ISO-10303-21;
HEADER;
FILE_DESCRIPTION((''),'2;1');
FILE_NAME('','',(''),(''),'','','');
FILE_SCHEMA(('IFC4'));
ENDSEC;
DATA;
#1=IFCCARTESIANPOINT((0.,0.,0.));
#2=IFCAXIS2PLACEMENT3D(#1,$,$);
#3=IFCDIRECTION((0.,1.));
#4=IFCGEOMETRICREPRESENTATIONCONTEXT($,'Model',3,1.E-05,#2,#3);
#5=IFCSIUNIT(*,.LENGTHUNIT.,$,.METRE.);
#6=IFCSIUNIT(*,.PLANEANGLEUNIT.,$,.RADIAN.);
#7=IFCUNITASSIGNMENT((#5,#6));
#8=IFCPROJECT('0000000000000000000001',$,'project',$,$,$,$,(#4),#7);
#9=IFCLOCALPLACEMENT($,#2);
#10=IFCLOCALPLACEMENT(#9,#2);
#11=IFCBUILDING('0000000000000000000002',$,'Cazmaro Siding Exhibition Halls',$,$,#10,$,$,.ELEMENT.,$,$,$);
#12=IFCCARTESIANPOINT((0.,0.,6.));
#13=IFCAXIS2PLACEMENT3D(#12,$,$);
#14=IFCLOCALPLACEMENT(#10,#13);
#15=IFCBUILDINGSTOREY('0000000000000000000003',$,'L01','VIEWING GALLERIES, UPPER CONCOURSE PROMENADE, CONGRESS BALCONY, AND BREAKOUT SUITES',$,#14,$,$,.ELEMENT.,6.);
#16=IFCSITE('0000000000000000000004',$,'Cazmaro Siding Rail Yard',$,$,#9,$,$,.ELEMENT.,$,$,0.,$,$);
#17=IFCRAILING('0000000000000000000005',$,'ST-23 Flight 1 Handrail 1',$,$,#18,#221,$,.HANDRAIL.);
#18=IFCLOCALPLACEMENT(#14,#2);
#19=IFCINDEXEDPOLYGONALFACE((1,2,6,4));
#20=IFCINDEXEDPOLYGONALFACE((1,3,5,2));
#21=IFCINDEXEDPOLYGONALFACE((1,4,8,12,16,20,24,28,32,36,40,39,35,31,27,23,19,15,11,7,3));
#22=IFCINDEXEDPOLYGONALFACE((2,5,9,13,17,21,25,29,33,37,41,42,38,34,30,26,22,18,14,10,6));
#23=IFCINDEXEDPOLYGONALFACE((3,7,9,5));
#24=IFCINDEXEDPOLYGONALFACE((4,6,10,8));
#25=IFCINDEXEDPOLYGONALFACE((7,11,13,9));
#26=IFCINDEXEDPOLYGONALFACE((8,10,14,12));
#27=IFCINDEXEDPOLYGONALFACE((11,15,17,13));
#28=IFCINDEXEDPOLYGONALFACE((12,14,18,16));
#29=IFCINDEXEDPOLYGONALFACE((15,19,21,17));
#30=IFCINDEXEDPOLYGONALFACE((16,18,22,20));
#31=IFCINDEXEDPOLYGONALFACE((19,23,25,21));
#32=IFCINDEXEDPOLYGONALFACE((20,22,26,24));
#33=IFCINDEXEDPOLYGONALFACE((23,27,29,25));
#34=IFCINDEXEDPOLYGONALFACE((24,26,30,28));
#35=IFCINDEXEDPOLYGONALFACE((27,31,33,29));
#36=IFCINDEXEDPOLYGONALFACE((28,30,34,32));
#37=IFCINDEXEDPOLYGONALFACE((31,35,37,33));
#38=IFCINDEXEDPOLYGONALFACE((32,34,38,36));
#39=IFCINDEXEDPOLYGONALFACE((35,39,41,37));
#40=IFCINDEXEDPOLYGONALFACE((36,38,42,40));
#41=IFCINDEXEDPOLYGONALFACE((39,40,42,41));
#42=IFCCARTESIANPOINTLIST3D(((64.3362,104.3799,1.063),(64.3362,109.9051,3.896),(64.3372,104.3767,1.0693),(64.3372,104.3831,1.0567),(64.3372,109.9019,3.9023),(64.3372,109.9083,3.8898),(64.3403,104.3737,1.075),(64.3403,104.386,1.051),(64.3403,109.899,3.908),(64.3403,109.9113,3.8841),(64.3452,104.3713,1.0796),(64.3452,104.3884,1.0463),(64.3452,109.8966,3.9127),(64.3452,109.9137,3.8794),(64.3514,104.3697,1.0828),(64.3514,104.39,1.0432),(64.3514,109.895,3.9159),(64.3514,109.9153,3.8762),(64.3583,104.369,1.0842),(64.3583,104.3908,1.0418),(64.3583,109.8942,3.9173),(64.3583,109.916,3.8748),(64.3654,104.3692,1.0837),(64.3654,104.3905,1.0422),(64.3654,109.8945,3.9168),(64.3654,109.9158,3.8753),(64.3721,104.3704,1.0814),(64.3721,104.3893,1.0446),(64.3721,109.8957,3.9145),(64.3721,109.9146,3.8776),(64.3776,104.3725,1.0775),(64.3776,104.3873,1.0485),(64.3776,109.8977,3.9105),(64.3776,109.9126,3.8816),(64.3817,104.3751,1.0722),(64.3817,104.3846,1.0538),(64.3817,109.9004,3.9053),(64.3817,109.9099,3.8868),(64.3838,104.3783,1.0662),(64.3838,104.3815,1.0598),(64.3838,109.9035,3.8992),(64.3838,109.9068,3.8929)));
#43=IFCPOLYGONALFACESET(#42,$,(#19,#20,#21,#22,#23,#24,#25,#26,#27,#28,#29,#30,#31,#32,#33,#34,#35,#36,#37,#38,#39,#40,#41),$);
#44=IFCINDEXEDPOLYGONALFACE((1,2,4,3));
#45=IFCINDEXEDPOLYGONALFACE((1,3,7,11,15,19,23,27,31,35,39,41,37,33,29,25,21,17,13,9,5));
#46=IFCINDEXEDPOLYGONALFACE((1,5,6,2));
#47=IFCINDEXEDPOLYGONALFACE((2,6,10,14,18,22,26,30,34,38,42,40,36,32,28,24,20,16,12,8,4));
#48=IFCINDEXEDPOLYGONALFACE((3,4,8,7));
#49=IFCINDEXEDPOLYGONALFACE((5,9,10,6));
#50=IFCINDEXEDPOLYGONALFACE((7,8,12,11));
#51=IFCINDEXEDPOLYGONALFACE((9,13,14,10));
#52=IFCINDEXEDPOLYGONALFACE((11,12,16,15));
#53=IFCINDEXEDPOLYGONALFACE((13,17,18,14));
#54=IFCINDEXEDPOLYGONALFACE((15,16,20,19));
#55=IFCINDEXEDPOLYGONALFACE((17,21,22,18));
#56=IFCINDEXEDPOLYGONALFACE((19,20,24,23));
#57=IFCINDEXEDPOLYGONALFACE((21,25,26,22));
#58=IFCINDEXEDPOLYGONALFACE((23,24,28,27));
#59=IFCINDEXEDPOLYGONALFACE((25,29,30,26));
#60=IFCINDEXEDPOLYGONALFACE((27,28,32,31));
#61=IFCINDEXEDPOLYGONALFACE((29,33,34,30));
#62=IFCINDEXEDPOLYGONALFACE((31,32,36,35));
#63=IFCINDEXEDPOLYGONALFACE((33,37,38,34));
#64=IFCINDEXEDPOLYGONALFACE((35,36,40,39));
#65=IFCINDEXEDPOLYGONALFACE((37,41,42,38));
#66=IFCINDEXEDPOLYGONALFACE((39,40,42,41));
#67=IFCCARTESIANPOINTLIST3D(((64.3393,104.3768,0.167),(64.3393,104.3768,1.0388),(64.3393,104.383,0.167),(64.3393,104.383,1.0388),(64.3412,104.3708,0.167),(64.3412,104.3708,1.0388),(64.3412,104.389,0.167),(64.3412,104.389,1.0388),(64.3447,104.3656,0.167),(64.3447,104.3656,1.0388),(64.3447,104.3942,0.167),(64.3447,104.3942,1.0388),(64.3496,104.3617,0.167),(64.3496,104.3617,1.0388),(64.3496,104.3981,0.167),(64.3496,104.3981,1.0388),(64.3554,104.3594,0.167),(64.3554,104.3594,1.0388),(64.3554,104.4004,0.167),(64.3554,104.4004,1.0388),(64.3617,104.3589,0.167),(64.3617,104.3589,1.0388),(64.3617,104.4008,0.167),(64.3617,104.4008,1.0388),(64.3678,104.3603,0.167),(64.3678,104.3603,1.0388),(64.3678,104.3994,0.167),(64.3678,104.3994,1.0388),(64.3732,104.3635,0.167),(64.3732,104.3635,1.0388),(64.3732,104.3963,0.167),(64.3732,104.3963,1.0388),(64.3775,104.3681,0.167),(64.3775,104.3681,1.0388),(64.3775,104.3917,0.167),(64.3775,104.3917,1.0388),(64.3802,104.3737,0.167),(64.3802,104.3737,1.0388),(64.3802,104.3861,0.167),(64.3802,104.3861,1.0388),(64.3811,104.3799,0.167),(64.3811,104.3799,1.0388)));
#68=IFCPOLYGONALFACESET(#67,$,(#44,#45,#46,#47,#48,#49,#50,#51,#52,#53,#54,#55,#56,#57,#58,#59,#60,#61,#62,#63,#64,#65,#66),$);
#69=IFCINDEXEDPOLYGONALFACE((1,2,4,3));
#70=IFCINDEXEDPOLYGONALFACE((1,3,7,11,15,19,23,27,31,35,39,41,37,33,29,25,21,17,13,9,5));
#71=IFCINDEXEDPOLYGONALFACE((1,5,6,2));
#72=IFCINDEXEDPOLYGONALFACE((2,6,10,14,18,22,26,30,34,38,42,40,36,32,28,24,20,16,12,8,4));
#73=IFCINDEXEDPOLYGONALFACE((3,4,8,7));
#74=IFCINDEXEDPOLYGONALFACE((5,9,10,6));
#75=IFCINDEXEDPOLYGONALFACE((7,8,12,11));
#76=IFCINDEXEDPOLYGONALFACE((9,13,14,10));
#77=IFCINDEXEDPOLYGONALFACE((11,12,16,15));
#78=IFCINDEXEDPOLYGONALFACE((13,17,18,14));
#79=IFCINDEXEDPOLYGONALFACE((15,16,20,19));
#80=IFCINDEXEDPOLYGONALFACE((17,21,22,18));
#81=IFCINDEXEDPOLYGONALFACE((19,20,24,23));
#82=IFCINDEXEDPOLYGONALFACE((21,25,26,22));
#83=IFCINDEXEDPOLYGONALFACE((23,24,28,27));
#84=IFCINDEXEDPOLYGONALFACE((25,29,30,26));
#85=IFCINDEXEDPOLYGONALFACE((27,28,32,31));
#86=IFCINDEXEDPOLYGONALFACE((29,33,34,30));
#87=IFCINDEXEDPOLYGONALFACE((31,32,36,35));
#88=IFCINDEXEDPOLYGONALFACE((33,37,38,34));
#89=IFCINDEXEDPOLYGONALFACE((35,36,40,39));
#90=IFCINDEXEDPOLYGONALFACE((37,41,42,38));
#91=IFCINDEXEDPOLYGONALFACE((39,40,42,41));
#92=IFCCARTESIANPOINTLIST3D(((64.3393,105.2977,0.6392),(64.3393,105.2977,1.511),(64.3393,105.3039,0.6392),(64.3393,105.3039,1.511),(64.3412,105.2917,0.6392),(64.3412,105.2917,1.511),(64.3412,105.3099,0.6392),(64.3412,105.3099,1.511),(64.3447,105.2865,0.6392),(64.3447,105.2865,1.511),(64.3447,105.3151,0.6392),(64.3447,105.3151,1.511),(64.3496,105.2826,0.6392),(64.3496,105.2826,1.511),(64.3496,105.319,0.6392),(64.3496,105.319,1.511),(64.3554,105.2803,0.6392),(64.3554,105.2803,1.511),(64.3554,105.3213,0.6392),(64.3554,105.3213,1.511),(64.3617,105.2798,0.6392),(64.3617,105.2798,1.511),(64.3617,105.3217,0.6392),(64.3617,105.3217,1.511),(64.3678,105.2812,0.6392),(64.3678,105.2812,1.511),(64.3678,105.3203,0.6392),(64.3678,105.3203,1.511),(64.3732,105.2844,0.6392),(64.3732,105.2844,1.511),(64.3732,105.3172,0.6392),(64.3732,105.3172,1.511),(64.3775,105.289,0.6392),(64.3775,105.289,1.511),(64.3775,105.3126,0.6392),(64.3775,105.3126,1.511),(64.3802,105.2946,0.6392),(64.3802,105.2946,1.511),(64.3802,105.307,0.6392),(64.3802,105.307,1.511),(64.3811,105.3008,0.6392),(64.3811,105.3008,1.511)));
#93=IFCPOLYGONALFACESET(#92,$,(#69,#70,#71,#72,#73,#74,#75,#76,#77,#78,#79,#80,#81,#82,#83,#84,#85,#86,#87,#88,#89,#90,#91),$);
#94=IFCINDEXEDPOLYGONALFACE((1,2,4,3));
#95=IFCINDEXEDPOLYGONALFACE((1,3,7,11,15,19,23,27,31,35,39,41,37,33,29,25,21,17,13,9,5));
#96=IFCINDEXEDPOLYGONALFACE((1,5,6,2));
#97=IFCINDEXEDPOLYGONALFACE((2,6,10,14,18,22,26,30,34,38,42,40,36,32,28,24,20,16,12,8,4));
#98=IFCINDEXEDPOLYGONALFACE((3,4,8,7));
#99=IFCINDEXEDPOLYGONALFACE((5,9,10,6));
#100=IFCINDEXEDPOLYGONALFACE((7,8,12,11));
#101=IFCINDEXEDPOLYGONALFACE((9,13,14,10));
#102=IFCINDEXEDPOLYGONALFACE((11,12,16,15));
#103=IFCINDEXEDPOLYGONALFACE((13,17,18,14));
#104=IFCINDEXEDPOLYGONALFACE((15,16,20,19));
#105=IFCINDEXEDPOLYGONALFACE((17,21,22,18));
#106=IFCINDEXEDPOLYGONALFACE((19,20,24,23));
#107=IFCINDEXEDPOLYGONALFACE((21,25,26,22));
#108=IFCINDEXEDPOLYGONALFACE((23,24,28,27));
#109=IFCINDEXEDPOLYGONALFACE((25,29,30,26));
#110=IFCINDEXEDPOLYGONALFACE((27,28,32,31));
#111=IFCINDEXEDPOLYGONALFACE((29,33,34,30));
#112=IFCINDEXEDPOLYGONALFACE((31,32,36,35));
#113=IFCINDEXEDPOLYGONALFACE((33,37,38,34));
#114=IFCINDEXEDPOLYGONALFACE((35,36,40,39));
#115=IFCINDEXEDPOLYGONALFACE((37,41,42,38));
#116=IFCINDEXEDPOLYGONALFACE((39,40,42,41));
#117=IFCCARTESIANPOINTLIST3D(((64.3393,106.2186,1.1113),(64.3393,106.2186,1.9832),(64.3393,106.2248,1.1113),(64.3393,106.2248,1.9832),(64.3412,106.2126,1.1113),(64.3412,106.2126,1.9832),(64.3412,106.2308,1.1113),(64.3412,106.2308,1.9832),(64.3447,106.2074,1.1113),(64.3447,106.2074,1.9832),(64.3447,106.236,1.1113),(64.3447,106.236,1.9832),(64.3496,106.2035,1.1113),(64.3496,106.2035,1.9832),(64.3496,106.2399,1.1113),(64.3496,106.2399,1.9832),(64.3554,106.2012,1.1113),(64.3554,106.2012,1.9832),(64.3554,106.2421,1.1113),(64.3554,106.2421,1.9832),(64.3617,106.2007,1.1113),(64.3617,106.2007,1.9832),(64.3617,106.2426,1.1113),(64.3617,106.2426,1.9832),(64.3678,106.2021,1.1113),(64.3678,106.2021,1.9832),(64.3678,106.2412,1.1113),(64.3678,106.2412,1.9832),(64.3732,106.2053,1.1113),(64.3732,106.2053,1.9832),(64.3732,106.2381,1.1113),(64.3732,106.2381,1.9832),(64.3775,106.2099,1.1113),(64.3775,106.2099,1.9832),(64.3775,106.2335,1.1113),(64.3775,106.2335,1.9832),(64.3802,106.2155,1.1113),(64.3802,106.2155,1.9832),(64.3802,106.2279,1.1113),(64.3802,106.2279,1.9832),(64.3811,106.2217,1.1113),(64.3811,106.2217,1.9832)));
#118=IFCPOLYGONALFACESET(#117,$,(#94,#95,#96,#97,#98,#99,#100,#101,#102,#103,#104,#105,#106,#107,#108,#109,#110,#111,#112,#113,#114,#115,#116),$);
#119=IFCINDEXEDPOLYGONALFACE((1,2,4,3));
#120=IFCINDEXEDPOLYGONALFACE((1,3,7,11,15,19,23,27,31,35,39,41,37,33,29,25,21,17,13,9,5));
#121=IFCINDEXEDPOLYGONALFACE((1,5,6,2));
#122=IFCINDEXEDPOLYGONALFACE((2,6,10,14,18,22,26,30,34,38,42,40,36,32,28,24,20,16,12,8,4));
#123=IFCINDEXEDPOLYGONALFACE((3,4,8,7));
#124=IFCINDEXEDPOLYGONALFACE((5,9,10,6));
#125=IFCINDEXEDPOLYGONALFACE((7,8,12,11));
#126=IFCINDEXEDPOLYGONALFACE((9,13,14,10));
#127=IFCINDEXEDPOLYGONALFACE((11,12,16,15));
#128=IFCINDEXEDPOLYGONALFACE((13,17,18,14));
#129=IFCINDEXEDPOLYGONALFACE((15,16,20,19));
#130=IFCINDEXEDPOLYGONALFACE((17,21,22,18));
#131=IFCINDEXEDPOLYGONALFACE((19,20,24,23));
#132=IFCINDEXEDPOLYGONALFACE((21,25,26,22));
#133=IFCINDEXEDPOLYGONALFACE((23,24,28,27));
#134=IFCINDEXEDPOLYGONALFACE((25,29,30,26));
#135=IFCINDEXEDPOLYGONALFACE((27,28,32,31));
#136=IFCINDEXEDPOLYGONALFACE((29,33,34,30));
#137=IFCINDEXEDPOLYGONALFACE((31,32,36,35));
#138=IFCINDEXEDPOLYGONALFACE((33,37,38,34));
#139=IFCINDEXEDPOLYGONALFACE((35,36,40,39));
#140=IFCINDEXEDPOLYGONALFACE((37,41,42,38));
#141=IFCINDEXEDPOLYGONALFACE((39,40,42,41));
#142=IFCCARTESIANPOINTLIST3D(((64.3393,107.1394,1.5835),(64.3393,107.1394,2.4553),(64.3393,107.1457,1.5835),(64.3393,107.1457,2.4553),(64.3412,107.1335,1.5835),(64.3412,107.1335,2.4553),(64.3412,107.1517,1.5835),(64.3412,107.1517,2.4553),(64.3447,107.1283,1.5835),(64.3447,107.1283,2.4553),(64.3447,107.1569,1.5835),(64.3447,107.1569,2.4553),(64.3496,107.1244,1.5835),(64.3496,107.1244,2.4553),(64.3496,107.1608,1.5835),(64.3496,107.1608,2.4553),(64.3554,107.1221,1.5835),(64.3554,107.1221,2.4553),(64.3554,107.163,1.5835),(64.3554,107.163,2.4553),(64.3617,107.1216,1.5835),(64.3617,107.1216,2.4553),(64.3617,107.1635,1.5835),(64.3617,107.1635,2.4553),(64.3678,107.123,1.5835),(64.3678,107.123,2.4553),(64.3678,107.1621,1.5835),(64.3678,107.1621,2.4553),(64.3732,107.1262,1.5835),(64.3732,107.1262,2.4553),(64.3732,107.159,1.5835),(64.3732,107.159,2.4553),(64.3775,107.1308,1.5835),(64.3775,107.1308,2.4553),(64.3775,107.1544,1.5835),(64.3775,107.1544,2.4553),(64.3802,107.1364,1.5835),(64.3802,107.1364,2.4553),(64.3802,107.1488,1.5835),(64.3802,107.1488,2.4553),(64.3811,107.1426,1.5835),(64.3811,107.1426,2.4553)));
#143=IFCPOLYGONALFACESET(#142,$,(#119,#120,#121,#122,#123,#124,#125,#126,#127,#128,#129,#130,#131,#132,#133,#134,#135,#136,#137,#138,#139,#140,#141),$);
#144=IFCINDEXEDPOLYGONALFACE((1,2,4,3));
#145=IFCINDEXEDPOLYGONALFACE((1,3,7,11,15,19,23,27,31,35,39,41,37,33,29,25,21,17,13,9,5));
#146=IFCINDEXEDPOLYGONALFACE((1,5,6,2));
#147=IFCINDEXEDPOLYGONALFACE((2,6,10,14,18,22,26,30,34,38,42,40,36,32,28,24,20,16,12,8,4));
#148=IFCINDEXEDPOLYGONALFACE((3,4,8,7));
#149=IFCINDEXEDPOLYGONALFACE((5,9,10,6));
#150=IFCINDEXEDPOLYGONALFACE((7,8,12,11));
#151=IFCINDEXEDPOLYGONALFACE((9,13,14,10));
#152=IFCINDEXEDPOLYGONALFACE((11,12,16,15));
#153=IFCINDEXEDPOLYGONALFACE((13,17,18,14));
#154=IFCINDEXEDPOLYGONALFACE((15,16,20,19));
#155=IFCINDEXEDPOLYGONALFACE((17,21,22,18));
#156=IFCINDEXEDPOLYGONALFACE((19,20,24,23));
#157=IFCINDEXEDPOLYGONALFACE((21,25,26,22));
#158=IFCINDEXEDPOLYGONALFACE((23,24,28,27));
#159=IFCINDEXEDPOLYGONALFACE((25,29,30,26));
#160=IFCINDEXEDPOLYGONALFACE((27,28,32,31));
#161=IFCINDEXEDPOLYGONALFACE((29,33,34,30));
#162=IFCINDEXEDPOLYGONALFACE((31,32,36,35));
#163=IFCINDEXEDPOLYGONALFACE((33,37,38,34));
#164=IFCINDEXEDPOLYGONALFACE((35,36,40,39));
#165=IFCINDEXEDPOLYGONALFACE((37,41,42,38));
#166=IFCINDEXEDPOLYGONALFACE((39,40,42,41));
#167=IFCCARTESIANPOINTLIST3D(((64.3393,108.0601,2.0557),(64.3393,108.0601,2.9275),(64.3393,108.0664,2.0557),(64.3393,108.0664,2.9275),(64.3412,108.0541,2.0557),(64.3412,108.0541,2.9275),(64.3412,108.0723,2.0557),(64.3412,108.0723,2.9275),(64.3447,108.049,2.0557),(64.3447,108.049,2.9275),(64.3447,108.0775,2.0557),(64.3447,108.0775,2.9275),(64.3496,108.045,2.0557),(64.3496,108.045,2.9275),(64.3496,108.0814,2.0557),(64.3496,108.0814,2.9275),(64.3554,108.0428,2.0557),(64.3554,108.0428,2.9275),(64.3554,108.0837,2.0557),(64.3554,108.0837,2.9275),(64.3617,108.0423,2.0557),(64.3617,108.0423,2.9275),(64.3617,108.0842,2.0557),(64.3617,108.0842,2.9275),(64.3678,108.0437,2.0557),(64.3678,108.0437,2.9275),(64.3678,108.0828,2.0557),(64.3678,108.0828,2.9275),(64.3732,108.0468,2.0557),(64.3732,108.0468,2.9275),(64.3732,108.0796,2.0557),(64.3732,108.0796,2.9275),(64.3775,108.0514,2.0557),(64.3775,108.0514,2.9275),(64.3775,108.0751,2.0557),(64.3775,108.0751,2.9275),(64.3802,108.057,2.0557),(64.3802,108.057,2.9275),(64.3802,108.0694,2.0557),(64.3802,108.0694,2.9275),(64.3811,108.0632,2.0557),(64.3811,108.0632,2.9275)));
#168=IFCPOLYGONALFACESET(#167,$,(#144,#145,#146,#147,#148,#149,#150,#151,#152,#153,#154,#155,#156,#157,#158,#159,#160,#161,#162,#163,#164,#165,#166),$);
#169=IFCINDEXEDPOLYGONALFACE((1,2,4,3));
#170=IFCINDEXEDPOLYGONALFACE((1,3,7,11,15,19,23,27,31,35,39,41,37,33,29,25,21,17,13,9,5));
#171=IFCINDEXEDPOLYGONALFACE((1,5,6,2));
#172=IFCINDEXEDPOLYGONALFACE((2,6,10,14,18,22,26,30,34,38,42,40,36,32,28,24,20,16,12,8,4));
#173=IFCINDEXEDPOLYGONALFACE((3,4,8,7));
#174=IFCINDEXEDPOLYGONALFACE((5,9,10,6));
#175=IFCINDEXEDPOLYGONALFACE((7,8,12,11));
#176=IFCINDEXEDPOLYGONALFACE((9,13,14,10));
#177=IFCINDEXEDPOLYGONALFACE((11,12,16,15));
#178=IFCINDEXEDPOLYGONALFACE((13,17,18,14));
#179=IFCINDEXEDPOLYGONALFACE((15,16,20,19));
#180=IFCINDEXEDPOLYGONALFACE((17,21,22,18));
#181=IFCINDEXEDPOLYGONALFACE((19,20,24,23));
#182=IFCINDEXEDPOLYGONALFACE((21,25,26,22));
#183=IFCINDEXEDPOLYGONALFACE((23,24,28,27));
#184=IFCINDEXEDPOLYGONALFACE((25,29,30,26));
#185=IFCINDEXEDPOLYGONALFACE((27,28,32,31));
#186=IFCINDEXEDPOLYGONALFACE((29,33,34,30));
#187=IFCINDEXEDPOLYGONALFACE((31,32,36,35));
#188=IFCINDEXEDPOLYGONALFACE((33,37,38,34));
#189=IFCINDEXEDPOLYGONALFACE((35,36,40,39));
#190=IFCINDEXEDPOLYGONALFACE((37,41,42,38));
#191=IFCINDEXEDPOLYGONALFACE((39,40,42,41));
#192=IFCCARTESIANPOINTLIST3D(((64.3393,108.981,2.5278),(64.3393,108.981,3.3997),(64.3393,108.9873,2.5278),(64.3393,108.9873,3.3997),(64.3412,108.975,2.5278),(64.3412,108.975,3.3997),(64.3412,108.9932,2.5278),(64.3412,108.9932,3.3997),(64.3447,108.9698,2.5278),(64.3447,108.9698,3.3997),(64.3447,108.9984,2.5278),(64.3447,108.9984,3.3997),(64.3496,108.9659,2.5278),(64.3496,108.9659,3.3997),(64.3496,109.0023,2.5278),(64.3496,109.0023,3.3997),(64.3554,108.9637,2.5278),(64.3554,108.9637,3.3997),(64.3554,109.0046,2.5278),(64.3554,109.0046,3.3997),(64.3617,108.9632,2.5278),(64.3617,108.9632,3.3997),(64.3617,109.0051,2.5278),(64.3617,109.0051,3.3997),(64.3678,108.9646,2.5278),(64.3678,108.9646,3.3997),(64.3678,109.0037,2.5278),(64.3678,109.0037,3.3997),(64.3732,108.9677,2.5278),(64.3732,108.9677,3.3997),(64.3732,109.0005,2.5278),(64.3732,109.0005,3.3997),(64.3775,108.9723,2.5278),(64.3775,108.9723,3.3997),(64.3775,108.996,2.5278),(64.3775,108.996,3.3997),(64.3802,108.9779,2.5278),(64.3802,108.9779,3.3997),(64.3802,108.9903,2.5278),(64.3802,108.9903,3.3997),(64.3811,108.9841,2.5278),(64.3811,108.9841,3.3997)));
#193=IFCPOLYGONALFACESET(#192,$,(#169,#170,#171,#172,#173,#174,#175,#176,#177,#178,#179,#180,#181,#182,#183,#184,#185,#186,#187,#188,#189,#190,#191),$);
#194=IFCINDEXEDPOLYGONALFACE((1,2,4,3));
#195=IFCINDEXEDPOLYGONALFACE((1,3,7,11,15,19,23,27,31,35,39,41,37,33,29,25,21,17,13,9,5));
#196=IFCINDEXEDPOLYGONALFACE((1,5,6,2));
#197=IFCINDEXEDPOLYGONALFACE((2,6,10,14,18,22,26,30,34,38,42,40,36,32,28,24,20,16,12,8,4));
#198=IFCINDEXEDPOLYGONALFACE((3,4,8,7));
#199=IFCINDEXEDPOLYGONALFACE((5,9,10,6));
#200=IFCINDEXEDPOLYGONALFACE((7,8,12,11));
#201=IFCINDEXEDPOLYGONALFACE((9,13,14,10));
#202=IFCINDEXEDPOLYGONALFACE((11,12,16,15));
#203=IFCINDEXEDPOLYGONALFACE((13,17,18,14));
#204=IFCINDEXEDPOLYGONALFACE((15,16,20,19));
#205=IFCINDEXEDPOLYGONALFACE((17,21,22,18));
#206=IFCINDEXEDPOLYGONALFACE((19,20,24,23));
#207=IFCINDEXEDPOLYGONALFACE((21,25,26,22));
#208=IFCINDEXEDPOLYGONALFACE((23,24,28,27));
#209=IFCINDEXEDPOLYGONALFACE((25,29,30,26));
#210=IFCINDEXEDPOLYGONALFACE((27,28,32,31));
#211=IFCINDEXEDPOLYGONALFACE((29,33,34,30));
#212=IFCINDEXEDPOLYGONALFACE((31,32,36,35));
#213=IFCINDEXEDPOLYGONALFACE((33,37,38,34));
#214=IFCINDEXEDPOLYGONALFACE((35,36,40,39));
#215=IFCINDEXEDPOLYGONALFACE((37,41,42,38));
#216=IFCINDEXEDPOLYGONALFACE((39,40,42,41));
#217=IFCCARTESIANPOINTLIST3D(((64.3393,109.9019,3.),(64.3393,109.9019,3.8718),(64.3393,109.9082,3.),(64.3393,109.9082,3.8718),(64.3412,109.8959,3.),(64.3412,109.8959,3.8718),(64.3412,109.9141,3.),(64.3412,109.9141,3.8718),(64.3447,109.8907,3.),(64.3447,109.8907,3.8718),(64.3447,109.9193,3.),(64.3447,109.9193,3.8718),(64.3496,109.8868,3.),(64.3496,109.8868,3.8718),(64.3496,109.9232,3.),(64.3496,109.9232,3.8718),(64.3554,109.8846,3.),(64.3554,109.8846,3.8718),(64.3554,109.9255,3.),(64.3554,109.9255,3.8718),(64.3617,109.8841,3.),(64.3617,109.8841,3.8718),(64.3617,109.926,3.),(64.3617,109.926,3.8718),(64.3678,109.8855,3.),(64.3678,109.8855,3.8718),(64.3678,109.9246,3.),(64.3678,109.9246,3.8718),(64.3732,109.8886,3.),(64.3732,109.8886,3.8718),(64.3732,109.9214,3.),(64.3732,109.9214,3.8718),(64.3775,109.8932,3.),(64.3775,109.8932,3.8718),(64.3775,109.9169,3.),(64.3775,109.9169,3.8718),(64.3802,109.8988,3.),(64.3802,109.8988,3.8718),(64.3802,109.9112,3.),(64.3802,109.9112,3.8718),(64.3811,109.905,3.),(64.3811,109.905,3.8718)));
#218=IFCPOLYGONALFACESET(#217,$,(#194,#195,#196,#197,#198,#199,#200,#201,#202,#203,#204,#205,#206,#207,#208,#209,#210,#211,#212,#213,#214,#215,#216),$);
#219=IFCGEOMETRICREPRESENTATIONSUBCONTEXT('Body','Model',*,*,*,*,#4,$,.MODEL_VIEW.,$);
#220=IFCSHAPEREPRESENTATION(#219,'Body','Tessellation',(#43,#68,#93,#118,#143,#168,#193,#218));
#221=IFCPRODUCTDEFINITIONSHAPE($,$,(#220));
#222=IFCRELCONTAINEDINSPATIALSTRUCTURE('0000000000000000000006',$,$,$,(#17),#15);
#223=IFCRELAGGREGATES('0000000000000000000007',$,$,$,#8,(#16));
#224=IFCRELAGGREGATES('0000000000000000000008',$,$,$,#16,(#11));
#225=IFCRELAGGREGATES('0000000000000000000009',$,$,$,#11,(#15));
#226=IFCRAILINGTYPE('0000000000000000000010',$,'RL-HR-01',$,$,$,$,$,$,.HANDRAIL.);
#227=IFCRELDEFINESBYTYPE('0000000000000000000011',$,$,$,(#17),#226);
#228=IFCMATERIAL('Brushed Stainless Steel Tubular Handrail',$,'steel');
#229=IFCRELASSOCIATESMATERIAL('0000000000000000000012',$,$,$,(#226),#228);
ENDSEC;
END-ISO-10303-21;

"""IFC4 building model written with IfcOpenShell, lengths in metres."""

from ifc_helpers import new_model, si_unit, direction, frame, origin, origin_2d, place, context, subcontext, project, spatial, circle, extrude, material, type_object, element, save


model = new_model("IFC4")

# Units and contexts
model_context = context("Model", 3, precision=1e-05, world=origin(), true_north=direction((0.0, 1.0)))
body_context = subcontext(model_context, "Body", "Model", "MODEL_VIEW")
ifc_project = project(units=[si_unit("LENGTHUNIT", "METRE"), si_unit("PLANEANGLEUNIT", "RADIAN")], contexts=[model_context])

# Site, building, storey
site_placement = place(None, origin())
site = spatial("IfcSite", under=ifc_project, at=site_placement, Name="Cazmaro Siding Rail Yard", CompositionType="ELEMENT", RefElevation=0.0)
building_placement = place(site_placement, origin())
building = spatial("IfcBuilding", under=site, at=building_placement, Name="Cazmaro Siding Exhibition Halls", CompositionType="ELEMENT")
storey_placement = place(building_placement, frame((0.0, 0.0, 6.0)))
storey = spatial("IfcBuildingStorey", under=building, at=storey_placement, Name="L01", Description="VIEWING GALLERIES, UPPER CONCOURSE PROMENADE, CONGRESS BALCONY, AND BREAKOUT SUITES", CompositionType="ELEMENT", Elevation=6.0)

# Railing
ifc_material_1 = material(Name="Brushed Stainless Steel Tubular Handrail", Category="steel")
railing_type_1 = type_object("IfcRailingType", Name="RL-HR-01", PredefinedType="HANDRAIL", material=ifc_material_1)
railing_1_placement = place(storey_placement, frame((64.3601, 104.3799, 0.167)))
element("IfcRailing", 1, at=railing_1_placement, inside=storey, type_object=railing_type_1, Name="ST-23 Flight 1 Handrail 1", PredefinedType="HANDRAIL", context=body_context, shape_type="SweptSolid", body=[
    extrude(circle(Radius=0.0239, at=origin_2d()), frame((0.0, 0.0, 0.896), z_axis=(0.0, 0.889844, 0.456266), x_axis=(-1.0, 0.0, 0.0)), (0.0, 0.0, 1.0), 6.2092),
    extrude(circle(Radius=0.021, at=origin_2d()), origin(), (0.0, 0.0, 1.0), 0.8718),
    extrude(circle(Radius=0.021, at=origin_2d()), frame((0.0, 0.9209, 0.4722)), (0.0, 0.0, 1.0), 0.8718),
    extrude(circle(Radius=0.021, at=origin_2d()), frame((0.0, 1.8418, 0.9443)), (0.0, 0.0, 1.0), 0.8718),
    extrude(circle(Radius=0.021, at=origin_2d()), frame((0.0, 2.7627, 1.4165)), (0.0, 0.0, 1.0), 0.8718),
    extrude(circle(Radius=0.021, at=origin_2d()), frame((0.0, 3.6833, 1.8887)), (0.0, 0.0, 1.0), 0.8718),
    extrude(circle(Radius=0.021, at=origin_2d()), frame((0.0, 4.6042, 2.3608)), (0.0, 0.0, 1.0), 0.8718),
    extrude(circle(Radius=0.021, at=origin_2d()), frame((0.0, 5.5251, 2.833)), (0.0, 0.0, 1.0), 0.8718),
])

save(model, "model.ifc")
